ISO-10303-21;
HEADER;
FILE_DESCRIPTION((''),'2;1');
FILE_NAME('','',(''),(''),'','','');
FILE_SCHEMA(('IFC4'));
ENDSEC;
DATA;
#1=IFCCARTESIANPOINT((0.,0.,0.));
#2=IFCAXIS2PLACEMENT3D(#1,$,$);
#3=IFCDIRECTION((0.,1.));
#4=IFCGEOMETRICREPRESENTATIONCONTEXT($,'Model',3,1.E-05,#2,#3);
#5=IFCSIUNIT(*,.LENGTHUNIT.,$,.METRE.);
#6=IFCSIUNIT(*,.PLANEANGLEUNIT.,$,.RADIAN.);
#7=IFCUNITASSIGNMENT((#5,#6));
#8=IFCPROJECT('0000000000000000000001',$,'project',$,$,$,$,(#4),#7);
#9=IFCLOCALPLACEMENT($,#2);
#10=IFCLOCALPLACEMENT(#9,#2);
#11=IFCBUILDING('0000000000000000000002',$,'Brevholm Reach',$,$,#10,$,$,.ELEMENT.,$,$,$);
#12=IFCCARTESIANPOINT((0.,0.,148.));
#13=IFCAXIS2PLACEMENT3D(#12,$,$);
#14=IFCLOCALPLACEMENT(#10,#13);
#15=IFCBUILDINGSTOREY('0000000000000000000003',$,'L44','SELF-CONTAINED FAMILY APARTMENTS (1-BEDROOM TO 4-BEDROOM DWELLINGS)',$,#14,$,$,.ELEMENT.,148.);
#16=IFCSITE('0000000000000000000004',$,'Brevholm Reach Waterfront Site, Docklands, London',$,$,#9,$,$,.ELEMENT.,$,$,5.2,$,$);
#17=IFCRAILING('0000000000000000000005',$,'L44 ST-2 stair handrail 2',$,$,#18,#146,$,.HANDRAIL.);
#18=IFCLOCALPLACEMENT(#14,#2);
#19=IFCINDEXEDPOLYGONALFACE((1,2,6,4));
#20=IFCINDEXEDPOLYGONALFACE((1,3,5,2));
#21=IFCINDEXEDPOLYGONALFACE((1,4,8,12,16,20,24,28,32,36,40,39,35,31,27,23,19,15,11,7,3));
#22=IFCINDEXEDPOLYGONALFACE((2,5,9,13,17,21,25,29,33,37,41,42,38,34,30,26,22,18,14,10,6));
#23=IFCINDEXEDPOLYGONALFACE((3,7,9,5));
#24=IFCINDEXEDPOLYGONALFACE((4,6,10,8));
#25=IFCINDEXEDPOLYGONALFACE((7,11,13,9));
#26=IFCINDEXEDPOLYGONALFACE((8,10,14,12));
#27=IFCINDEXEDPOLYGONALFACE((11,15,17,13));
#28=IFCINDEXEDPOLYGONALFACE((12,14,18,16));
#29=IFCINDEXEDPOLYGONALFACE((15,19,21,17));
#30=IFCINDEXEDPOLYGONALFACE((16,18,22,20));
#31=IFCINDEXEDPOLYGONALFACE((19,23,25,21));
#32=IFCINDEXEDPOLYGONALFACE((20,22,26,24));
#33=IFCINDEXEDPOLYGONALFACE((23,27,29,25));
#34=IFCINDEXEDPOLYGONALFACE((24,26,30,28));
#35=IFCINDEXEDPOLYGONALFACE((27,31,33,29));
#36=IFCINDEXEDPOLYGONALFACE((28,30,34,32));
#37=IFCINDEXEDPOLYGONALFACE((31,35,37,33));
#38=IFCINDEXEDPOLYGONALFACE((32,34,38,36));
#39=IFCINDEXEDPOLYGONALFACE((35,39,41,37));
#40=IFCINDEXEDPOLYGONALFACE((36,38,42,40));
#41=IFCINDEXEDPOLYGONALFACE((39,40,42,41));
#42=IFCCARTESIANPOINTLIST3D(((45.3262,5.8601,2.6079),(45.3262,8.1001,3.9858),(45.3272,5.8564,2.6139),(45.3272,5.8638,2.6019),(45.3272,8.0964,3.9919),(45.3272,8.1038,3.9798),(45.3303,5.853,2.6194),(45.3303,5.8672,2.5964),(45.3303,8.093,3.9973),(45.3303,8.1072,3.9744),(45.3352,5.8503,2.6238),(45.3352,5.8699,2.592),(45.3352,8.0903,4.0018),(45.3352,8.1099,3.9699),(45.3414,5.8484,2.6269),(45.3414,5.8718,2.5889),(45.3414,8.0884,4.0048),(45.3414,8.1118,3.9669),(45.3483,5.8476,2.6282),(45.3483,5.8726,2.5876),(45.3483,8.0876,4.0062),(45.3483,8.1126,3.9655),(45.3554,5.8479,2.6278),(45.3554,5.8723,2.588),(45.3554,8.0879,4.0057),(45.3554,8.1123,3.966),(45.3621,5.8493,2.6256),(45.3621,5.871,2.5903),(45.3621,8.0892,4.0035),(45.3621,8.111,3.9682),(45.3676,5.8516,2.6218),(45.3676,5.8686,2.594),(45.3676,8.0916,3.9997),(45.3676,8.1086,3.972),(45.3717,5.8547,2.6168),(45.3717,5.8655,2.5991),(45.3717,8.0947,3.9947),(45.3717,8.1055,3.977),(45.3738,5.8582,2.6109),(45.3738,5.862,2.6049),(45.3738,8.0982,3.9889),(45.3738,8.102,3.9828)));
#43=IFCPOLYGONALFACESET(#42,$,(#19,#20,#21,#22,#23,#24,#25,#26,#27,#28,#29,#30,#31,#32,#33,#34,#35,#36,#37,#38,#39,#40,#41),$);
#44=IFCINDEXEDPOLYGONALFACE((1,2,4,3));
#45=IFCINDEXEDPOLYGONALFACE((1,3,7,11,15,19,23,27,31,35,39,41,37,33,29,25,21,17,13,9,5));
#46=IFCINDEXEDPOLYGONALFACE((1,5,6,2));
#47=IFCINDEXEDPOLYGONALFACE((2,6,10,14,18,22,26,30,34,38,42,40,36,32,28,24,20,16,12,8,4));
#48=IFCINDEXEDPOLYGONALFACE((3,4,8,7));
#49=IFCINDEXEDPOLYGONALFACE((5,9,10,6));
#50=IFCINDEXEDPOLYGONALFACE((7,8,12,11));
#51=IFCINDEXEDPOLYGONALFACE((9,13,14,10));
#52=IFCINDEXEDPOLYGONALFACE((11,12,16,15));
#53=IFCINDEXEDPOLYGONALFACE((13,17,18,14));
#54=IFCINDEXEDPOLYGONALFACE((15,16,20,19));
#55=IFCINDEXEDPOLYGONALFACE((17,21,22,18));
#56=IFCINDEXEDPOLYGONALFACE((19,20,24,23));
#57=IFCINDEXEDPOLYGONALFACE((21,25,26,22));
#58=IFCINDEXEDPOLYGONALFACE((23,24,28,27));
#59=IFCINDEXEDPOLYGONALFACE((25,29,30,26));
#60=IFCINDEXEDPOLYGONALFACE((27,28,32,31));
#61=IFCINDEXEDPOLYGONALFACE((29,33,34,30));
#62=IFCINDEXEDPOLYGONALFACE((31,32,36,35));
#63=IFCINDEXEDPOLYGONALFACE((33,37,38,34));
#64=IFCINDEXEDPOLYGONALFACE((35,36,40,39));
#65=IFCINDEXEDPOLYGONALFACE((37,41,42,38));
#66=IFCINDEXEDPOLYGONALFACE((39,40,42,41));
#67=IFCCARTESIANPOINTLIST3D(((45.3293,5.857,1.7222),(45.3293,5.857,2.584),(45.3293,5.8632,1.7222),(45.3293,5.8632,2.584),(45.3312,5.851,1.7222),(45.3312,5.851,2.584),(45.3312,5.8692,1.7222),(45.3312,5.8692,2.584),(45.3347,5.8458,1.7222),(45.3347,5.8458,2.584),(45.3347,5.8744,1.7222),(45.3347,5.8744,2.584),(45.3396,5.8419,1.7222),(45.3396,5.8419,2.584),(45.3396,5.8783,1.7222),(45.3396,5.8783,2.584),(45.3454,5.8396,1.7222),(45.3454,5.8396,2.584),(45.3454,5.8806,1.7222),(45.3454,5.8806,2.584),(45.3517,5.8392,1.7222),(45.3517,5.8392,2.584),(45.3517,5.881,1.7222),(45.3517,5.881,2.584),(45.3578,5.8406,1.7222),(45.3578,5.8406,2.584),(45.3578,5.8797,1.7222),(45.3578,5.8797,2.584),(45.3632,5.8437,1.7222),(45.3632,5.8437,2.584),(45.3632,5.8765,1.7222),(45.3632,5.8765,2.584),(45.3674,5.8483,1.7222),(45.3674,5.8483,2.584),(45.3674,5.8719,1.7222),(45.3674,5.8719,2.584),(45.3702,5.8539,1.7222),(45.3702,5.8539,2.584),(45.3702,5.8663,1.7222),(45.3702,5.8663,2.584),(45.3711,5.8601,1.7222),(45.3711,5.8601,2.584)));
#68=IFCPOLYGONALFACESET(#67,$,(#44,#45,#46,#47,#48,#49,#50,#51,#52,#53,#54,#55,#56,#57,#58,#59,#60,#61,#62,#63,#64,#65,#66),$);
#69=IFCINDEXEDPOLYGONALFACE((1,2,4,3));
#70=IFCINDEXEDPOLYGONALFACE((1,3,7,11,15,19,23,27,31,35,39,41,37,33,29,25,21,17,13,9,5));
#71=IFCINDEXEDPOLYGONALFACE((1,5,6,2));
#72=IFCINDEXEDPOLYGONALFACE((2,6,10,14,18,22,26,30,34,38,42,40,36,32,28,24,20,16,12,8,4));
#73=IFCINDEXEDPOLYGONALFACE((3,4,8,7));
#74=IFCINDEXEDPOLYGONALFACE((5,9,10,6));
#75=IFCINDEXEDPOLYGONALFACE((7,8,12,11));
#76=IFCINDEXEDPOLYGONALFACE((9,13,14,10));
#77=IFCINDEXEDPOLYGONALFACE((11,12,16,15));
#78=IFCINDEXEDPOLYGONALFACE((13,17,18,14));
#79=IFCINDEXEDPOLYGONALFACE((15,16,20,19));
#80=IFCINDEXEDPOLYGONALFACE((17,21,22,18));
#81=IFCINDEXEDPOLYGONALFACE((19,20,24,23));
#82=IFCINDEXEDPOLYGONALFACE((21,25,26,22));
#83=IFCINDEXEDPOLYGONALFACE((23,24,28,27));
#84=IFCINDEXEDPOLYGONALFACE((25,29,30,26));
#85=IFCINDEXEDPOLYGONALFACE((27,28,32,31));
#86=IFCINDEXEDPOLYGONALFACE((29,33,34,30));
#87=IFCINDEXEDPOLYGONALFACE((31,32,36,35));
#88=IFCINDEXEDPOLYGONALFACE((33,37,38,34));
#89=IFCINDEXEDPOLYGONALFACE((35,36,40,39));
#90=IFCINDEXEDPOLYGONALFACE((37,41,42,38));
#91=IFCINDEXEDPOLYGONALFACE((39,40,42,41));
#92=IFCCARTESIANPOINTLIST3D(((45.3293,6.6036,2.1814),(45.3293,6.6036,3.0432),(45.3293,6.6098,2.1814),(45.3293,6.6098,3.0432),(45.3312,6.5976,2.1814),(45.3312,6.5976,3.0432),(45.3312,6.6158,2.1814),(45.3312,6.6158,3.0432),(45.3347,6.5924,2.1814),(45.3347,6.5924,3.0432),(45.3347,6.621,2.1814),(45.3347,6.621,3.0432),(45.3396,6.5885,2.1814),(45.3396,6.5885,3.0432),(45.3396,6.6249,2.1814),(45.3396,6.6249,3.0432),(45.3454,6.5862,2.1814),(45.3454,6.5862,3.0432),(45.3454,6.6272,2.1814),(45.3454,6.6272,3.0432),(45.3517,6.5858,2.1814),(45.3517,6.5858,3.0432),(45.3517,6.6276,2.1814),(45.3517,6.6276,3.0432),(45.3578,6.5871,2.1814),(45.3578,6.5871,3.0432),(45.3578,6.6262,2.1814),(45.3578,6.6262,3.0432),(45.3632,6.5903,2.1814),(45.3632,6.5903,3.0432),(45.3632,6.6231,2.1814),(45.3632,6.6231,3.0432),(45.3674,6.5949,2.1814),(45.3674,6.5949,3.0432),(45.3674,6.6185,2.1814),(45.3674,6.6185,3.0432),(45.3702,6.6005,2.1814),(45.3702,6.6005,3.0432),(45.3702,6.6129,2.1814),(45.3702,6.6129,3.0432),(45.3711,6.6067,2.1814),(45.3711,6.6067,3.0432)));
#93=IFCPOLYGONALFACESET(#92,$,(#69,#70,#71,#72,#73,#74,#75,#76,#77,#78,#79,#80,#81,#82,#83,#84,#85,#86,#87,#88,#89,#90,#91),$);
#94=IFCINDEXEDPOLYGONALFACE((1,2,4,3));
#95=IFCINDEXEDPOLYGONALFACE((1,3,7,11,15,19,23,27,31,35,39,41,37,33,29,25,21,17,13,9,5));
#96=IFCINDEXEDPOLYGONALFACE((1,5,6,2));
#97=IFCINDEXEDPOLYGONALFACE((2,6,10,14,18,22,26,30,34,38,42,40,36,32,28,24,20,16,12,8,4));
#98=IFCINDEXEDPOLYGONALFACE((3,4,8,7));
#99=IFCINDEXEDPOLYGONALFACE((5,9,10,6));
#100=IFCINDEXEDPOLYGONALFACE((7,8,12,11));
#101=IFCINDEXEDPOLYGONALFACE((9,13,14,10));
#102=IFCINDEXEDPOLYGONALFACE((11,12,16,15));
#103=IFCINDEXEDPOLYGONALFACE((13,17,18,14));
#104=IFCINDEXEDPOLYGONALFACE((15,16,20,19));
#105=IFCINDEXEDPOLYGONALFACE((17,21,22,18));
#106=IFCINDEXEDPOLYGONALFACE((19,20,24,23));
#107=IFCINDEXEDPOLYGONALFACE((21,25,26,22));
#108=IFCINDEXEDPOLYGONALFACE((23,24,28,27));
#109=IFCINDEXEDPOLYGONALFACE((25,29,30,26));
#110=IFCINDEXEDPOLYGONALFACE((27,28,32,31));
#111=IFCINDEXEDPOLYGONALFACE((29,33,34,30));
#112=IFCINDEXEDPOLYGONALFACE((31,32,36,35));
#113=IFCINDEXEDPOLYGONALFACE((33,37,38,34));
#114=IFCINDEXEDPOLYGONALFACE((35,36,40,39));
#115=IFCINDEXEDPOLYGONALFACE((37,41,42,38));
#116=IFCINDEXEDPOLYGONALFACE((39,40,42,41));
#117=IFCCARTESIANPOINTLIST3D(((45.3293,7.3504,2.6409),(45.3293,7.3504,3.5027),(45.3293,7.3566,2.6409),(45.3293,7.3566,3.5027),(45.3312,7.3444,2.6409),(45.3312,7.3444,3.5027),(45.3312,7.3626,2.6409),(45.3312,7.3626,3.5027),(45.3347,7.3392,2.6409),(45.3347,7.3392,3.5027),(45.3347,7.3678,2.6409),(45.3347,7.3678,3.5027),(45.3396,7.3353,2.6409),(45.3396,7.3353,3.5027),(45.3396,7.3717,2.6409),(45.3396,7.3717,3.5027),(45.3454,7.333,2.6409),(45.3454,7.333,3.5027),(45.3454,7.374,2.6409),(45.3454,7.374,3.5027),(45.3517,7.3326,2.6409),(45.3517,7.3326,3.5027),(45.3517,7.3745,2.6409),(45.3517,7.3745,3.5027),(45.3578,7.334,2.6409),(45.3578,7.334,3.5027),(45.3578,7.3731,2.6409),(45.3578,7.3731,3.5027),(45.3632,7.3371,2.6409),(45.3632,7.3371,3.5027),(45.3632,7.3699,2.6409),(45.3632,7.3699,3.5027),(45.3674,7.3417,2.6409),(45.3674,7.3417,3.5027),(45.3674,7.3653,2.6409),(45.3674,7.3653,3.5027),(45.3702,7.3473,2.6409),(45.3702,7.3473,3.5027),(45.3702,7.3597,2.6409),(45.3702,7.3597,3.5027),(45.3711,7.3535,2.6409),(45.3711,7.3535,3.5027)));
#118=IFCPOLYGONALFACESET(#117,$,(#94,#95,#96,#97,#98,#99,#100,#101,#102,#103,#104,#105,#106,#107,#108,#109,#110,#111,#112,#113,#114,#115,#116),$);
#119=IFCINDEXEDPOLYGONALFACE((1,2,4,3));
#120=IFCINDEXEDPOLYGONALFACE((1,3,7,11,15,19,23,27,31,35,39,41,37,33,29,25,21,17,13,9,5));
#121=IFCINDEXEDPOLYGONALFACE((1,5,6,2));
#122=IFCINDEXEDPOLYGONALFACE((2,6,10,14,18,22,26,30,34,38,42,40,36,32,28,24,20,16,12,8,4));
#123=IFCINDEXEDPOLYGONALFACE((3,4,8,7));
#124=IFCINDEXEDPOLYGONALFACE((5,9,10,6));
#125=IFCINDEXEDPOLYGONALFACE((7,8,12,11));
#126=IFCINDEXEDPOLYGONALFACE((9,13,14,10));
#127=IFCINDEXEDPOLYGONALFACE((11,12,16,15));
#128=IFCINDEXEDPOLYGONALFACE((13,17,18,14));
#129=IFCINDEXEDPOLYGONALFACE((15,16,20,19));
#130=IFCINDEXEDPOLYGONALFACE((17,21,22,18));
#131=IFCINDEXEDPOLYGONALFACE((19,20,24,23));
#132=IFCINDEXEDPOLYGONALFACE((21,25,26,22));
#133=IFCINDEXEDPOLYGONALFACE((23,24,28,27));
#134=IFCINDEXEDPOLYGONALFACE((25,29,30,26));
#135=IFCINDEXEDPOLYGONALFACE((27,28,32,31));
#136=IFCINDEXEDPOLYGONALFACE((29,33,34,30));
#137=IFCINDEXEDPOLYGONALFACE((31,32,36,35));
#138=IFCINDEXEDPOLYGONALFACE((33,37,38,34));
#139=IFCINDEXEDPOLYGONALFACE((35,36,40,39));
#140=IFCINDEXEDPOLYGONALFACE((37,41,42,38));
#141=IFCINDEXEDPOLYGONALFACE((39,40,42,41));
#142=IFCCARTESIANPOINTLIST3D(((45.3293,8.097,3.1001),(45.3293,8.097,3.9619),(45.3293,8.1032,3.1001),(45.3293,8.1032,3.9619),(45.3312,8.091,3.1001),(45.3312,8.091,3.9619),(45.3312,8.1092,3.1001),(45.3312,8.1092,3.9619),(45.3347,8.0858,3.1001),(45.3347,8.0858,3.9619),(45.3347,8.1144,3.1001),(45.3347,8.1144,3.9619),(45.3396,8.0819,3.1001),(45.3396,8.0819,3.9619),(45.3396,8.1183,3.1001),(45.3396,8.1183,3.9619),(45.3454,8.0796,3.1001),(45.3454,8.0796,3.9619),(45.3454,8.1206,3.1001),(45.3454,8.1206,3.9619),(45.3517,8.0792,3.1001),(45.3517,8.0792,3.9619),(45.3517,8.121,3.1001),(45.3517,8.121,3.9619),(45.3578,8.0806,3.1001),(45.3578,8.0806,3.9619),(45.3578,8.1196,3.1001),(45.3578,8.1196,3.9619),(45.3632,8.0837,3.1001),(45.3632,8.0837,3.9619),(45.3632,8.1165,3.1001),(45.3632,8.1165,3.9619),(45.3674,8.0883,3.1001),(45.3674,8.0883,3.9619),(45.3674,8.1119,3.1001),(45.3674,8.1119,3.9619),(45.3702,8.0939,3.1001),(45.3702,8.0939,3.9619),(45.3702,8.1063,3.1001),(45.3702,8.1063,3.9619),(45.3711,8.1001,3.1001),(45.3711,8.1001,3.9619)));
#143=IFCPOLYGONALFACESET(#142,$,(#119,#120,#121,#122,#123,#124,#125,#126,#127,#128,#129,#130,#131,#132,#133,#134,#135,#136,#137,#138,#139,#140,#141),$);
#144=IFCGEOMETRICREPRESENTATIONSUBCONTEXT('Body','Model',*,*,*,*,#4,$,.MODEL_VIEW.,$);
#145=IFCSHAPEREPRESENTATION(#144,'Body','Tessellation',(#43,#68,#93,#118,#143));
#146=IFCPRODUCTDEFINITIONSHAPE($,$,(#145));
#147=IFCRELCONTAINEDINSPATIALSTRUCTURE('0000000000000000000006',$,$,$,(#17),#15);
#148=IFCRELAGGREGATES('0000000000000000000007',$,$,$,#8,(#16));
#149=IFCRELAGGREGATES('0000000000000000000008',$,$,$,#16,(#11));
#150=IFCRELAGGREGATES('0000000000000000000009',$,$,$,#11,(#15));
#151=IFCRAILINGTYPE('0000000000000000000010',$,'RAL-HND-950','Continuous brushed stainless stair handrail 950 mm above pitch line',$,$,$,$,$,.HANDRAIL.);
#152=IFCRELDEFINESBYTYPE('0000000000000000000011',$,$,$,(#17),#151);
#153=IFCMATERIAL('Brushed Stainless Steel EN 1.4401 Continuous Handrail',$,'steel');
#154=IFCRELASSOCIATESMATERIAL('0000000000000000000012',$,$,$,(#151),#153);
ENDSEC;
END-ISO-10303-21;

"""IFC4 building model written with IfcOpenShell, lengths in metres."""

from ifc_helpers import new_model, si_unit, direction, frame, origin, origin_2d, place, context, subcontext, project, spatial, circle, extrude, material, type_object, element, save


model = new_model("IFC4")

# Units and contexts
model_context = context("Model", 3, precision=1e-05, world=origin(), true_north=direction((0.0, 1.0)))
body_context = subcontext(model_context, "Body", "Model", "MODEL_VIEW")
ifc_project = project(units=[si_unit("LENGTHUNIT", "METRE"), si_unit("PLANEANGLEUNIT", "RADIAN")], contexts=[model_context])

# Site, building, storey
site_placement = place(None, origin())
site = spatial("IfcSite", under=ifc_project, at=site_placement, Name="Brevholm Reach Waterfront Site, Docklands, London", CompositionType="ELEMENT", RefElevation=5.2)
building_placement = place(site_placement, origin())
building = spatial("IfcBuilding", under=site, at=building_placement, Name="Brevholm Reach", CompositionType="ELEMENT")
storey_placement = place(building_placement, frame((0.0, 0.0, 148.0)))
storey = spatial("IfcBuildingStorey", under=building, at=storey_placement, Name="L44", Description="SELF-CONTAINED FAMILY APARTMENTS (1-BEDROOM TO 4-BEDROOM DWELLINGS)", CompositionType="ELEMENT", Elevation=148.0)

# Railing
ifc_material_1 = material(Name="Brushed Stainless Steel EN 1.4401 Continuous Handrail", Category="steel")
railing_type_1 = type_object("IfcRailingType", Name="RAL-HND-950", Description="Continuous brushed stainless stair handrail 950 mm above pitch line", PredefinedType="HANDRAIL", material=ifc_material_1)
railing_1_placement = place(storey_placement, frame((45.3501, 5.8601, 1.7222)))
element("IfcRailing", 1, at=railing_1_placement, inside=storey, type_object=railing_type_1, Name="L44 ST-2 stair handrail 2", PredefinedType="HANDRAIL", context=body_context, shape_type="SweptSolid", body=[
    extrude(circle(Radius=0.0239, at=origin_2d()), frame((0.0, 0.0, 0.8857), z_axis=(0.0, 0.851748, 0.523952), x_axis=(-1.0, 0.0, 0.0)), (0.0, 0.0, 1.0), 2.6299),
    extrude(circle(Radius=0.021, at=origin_2d()), origin(), (0.0, 0.0, 1.0), 0.8618),
    extrude(circle(Radius=0.021, at=origin_2d()), frame((0.0, 0.7466, 0.4592)), (0.0, 0.0, 1.0), 0.8618),
    extrude(circle(Radius=0.021, at=origin_2d()), frame((0.0, 1.4934, 0.9187)), (0.0, 0.0, 1.0), 0.8618),
    extrude(circle(Radius=0.021, at=origin_2d()), frame((0.0, 2.24, 1.3779)), (0.0, 0.0, 1.0), 0.8618),
])

save(model, "model.ifc")
